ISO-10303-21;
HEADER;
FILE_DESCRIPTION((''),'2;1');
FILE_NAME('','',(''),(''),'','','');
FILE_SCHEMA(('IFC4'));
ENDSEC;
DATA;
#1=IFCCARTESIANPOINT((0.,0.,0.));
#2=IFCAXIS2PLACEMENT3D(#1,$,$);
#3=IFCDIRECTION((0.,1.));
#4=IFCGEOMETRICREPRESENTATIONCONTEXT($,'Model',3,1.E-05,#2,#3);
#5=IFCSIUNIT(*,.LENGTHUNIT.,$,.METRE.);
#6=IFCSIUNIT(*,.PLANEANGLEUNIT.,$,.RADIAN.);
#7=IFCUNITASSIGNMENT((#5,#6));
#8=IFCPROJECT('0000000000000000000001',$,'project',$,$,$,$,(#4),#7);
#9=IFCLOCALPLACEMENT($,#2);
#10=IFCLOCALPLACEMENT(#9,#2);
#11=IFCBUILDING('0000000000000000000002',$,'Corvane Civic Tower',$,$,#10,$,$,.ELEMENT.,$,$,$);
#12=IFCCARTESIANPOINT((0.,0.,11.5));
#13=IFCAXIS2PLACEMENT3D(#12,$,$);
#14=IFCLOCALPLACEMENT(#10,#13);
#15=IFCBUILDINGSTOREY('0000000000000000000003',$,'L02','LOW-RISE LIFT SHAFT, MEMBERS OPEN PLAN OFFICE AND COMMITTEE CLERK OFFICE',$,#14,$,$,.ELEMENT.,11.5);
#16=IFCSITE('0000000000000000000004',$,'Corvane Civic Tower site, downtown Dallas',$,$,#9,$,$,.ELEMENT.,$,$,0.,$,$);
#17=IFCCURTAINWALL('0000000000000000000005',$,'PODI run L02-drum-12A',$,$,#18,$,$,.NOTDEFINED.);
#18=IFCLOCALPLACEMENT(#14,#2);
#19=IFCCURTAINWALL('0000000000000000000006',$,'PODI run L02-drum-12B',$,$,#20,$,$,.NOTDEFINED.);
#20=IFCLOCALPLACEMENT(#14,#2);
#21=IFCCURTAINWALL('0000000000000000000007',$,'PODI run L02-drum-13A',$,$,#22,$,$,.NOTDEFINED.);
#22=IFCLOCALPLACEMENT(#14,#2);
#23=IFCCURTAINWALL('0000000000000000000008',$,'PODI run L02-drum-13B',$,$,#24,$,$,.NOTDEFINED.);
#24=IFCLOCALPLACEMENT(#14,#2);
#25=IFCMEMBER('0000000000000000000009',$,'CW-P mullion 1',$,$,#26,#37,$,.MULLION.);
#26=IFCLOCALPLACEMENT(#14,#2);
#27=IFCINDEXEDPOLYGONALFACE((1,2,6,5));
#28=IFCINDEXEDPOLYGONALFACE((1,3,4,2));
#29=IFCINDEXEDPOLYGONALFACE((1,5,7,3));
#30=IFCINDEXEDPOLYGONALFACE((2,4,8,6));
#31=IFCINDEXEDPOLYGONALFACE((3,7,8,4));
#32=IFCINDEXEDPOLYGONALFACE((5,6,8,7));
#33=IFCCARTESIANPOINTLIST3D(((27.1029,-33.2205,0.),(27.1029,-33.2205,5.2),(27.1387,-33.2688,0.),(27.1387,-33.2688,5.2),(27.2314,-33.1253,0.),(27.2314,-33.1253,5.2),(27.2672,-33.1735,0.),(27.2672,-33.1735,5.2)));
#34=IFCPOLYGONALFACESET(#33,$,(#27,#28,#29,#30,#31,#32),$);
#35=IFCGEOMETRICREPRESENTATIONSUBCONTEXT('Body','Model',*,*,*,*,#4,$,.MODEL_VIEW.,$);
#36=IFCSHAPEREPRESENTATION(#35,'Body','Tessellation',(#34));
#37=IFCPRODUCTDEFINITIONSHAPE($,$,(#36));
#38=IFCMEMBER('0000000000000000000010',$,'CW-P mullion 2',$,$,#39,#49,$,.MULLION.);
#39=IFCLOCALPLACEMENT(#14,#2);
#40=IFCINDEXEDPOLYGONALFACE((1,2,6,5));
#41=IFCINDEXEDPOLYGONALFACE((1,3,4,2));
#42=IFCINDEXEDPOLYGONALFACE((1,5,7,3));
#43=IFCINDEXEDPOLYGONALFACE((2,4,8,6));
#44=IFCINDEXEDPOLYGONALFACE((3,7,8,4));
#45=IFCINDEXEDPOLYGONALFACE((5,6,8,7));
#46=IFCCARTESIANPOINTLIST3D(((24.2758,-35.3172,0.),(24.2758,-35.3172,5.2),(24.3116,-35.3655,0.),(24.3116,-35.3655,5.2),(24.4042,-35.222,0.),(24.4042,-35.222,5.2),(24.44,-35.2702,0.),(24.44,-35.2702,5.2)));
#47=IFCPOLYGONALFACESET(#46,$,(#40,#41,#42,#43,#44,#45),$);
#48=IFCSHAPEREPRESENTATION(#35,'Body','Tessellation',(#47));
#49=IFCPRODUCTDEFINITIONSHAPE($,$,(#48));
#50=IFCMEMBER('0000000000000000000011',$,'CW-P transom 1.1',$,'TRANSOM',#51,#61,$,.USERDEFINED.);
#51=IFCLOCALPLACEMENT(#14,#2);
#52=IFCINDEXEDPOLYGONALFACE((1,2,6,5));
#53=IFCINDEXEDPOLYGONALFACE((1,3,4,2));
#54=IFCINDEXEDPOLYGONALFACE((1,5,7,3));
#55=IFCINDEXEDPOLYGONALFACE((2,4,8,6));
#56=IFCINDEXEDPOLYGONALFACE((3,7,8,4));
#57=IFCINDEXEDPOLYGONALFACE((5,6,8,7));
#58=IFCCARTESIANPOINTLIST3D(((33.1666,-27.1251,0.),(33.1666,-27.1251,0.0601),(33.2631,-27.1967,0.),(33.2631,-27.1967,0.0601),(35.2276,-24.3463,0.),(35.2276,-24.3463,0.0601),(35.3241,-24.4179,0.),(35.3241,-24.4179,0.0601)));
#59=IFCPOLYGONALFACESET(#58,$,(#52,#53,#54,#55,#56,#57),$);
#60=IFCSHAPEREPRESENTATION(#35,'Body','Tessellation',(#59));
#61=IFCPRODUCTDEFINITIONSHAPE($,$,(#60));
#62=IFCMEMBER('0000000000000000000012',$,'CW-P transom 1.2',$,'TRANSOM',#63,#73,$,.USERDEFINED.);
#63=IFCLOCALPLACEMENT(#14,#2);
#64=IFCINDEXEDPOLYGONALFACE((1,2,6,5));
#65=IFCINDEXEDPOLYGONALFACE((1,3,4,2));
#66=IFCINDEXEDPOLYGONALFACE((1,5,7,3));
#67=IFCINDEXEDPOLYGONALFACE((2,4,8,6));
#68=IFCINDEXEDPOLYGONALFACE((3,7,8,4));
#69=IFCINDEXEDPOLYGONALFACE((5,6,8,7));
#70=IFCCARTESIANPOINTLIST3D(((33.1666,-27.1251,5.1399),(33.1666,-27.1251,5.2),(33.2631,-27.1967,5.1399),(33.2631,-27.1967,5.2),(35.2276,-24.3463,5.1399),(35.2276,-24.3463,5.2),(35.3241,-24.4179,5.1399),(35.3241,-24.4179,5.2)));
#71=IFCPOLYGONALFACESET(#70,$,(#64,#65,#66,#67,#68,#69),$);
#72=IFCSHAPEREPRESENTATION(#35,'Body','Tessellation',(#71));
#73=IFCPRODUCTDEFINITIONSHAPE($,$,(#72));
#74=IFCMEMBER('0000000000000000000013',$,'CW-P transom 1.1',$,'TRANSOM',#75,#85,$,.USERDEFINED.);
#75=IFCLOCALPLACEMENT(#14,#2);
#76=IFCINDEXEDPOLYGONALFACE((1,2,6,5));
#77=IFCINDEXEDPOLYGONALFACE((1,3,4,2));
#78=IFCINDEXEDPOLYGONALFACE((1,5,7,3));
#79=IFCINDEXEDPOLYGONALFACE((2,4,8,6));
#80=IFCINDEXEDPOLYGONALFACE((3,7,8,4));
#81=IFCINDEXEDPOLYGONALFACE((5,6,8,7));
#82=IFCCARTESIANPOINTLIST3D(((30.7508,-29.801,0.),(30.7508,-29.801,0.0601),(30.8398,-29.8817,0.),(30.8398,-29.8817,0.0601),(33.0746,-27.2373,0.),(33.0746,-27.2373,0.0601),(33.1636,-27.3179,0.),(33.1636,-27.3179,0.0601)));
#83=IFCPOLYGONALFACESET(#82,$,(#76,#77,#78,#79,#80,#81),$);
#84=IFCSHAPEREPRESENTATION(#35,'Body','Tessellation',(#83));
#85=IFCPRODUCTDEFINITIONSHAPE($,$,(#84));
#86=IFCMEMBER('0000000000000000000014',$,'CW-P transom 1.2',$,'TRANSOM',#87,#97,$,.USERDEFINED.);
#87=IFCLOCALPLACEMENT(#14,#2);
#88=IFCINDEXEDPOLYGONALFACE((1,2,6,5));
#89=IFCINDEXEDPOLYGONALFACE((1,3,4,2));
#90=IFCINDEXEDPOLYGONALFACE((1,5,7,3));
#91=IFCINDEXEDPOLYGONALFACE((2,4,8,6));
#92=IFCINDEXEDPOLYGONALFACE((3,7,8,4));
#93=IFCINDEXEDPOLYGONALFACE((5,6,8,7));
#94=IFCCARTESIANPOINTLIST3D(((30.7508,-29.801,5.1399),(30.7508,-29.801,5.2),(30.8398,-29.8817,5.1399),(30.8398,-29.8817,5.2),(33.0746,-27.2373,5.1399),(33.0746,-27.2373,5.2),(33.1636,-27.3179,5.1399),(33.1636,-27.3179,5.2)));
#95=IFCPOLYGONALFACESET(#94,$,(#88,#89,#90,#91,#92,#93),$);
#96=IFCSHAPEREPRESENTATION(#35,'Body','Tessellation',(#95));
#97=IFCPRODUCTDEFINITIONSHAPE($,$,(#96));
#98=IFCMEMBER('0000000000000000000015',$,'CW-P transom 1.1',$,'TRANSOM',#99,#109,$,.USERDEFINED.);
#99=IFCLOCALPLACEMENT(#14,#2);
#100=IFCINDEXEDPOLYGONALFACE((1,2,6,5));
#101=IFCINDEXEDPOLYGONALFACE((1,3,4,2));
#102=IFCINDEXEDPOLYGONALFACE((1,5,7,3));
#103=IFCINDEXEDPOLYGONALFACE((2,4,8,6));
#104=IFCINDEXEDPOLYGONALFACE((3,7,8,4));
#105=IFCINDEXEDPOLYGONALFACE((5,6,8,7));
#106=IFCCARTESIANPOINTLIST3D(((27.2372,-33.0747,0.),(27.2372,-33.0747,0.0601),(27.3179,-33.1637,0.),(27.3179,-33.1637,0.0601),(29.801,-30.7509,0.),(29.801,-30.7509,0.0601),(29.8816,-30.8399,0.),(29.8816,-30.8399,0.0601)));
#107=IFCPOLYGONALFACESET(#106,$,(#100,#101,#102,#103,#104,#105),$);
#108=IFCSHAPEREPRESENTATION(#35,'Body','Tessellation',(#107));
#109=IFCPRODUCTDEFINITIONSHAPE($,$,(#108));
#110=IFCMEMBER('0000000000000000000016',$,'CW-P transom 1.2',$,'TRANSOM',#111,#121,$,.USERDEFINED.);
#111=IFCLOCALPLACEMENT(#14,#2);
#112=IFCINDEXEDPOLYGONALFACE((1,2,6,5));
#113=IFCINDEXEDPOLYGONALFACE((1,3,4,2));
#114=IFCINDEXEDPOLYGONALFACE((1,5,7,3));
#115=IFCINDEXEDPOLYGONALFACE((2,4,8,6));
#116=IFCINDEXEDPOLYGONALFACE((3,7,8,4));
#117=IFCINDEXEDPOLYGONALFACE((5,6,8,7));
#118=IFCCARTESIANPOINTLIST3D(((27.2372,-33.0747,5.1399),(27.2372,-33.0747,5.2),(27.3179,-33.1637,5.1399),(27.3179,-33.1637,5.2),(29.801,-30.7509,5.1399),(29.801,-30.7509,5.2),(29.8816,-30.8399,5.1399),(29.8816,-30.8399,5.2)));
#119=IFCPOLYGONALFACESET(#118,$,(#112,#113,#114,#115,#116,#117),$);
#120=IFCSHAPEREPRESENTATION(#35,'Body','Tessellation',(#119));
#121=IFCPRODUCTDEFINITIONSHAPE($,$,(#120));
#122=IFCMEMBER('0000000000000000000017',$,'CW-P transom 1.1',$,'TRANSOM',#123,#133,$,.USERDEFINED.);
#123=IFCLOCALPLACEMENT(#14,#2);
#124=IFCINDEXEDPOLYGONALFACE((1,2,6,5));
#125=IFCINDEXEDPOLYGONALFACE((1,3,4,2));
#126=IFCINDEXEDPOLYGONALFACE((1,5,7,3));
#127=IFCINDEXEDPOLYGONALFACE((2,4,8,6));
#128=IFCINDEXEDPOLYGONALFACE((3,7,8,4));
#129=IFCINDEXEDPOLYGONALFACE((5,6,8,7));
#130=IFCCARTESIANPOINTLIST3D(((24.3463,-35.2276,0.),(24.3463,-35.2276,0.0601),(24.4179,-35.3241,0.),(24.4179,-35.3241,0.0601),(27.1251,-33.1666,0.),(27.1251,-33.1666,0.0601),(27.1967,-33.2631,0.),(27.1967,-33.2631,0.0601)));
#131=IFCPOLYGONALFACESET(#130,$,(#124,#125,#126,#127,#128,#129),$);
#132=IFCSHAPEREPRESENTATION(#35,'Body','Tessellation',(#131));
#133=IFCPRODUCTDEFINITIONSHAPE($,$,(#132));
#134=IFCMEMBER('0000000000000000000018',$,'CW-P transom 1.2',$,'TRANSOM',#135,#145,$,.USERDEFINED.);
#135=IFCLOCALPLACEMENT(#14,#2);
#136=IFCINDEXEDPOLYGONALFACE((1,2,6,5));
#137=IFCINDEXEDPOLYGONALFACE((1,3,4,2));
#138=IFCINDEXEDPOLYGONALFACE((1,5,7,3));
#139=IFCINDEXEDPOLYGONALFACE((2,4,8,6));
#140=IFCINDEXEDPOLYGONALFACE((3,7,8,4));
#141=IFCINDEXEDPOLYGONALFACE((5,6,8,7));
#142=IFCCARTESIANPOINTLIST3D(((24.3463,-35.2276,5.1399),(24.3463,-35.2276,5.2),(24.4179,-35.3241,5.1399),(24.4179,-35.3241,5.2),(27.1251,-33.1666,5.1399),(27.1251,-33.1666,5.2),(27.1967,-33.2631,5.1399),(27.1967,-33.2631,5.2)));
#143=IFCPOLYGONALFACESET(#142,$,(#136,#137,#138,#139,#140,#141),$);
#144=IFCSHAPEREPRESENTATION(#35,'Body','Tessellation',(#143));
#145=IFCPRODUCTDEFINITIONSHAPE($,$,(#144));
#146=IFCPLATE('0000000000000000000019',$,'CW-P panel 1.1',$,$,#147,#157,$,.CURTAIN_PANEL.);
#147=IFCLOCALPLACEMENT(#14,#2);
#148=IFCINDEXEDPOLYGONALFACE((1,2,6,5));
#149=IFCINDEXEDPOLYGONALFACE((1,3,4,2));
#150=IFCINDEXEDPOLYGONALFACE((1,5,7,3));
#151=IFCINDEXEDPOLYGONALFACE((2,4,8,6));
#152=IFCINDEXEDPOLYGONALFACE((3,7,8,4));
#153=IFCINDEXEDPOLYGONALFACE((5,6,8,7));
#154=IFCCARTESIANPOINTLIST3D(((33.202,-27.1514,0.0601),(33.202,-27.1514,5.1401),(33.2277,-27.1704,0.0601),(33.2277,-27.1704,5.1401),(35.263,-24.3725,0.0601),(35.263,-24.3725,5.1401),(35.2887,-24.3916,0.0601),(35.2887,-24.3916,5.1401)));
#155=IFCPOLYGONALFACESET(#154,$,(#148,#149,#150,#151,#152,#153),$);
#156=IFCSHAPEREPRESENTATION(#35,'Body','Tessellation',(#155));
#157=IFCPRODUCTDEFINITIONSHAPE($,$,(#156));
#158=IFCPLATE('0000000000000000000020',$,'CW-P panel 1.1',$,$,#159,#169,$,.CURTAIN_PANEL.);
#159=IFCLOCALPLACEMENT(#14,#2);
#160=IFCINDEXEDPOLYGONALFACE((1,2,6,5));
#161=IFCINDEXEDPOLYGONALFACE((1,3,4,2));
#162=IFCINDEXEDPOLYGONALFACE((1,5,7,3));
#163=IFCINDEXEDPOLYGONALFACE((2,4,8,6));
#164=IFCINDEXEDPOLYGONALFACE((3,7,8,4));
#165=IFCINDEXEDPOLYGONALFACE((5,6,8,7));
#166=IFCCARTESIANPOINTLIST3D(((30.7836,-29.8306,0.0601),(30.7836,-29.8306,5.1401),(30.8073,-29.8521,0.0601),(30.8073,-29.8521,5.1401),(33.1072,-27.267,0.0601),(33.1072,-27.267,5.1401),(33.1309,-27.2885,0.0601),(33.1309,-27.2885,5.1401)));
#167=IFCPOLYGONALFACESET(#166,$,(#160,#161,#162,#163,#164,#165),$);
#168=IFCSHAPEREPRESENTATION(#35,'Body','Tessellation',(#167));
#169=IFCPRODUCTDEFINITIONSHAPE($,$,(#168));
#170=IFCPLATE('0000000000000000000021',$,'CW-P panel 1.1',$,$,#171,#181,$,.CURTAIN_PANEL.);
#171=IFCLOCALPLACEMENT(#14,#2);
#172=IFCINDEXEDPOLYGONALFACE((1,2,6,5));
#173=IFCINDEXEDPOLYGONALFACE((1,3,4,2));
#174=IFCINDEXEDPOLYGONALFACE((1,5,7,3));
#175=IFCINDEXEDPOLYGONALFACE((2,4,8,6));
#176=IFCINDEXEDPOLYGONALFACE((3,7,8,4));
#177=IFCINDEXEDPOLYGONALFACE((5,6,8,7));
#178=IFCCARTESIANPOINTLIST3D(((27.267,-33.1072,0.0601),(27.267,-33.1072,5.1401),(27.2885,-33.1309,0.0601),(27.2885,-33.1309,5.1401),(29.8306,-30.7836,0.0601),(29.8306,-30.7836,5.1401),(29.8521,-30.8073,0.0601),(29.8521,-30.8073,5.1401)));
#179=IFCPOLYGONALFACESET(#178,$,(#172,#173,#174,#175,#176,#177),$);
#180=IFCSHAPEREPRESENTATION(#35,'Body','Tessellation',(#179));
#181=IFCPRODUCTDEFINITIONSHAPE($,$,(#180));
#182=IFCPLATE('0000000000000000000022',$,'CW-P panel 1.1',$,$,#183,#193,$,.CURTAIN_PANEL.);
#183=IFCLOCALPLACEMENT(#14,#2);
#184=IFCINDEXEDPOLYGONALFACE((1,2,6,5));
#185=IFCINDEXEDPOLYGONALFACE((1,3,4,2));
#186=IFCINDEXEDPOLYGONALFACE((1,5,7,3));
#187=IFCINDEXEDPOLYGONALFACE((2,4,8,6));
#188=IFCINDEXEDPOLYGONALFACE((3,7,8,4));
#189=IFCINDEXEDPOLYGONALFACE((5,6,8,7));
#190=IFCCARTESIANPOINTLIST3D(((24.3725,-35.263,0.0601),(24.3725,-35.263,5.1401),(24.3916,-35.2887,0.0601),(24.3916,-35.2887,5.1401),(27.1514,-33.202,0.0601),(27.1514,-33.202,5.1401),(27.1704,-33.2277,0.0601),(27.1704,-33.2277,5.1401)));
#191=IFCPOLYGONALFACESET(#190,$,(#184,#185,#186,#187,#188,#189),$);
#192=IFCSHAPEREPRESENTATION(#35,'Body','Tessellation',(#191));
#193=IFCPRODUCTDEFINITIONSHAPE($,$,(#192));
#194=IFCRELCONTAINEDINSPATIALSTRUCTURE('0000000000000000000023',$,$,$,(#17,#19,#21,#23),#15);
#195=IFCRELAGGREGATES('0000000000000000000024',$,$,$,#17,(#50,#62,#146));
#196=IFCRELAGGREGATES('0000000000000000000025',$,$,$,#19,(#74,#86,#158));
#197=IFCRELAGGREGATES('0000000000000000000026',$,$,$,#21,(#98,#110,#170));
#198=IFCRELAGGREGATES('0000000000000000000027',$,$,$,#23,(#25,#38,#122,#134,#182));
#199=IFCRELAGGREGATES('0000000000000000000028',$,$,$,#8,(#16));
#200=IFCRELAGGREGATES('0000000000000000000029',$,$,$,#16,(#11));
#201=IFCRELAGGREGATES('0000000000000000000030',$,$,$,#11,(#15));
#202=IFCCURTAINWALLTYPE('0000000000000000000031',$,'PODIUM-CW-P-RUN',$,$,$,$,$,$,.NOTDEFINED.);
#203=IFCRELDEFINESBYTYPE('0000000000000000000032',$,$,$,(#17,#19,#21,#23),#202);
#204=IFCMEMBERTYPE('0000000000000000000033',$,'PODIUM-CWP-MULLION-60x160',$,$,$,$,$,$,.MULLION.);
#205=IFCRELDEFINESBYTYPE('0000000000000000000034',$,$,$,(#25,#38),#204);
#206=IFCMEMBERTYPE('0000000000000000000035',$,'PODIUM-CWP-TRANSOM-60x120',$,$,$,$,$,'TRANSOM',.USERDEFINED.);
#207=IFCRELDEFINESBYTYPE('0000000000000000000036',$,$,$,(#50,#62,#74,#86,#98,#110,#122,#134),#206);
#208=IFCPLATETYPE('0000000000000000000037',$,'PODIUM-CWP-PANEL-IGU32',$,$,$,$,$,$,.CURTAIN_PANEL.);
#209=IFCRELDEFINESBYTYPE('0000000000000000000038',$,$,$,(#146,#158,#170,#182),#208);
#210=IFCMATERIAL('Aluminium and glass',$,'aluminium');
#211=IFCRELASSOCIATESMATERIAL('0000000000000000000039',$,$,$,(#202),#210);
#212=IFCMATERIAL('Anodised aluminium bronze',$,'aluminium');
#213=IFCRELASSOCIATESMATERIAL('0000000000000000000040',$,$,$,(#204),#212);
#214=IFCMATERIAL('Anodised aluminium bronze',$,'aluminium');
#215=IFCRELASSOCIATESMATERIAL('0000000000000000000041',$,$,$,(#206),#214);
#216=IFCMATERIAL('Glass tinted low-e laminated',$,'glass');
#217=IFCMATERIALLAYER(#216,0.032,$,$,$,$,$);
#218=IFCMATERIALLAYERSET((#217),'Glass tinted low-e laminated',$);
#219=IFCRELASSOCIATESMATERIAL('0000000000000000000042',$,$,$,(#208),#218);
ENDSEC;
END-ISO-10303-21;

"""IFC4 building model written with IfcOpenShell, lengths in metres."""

from ifc_helpers import new_model, si_unit, direction, frame, origin, origin_2d, place, context, subcontext, project, spatial, rectangle, extrude, material, layer, layer_set, material_profile, profile_set, type_object, element, aggregate, save


model = new_model("IFC4")

# Units and contexts
model_context = context("Model", 3, precision=1e-05, world=origin(), true_north=direction((0.0, 1.0)))
body_context = subcontext(model_context, "Body", "Model", "MODEL_VIEW")
ifc_project = project(units=[si_unit("LENGTHUNIT", "METRE"), si_unit("PLANEANGLEUNIT", "RADIAN")], contexts=[model_context])

# Site, building, storey
site_placement = place(None, origin())
site = spatial("IfcSite", under=ifc_project, at=site_placement, Name="Corvane Civic Tower site, downtown Dallas", CompositionType="ELEMENT", RefElevation=0.0)
building_placement = place(site_placement, origin())
building = spatial("IfcBuilding", under=site, at=building_placement, Name="Corvane Civic Tower", CompositionType="ELEMENT")
storey_placement = place(building_placement, frame((0.0, 0.0, 11.5)))
storey = spatial("IfcBuildingStorey", under=building, at=storey_placement, Name="L02", Description="LOW-RISE LIFT SHAFT, MEMBERS OPEN PLAN OFFICE AND COMMITTEE CLERK OFFICE", CompositionType="ELEMENT", Elevation=11.5)

# Shared definitions
ifc_material_1 = material(Name="Aluminium and glass", Category="aluminium")
curtain_wall_type = type_object("IfcCurtainWallType", Name="PODIUM-CW-P-RUN", PredefinedType="NOTDEFINED", material=ifc_material_1)
ifc_material_2 = material(Name="Anodised aluminium bronze", Category="aluminium")
ifc_material_profile_1 = material_profile(ifc_material_2, rectangle(XDim=0.0601, YDim=0.1599, at=origin_2d()), Name="AL 60x160")
ifc_profile_set_1 = profile_set([ifc_material_profile_1], Name="Anodised aluminium bronze")
member_type_1 = type_object("IfcMemberType", Name="PODIUM-CWP-MULLION-60x160", PredefinedType="MULLION", material=ifc_profile_set_1)

# Curtain walls, members
curtain_wall_1_placement = place(storey_placement, origin())
curtain_wall_1 = element("IfcCurtainWall", 1, at=curtain_wall_1_placement, inside=storey, type_object=curtain_wall_type, Name="PODI run L02-drum-12A", PredefinedType="NOTDEFINED")
curtain_wall_2_placement = place(storey_placement, origin())
curtain_wall_2 = element("IfcCurtainWall", 2, at=curtain_wall_2_placement, inside=storey, type_object=curtain_wall_type, Name="PODI run L02-drum-12B", PredefinedType="NOTDEFINED")
curtain_wall_3_placement = place(storey_placement, origin())
curtain_wall_3 = element("IfcCurtainWall", 3, at=curtain_wall_3_placement, inside=storey, type_object=curtain_wall_type, Name="PODI run L02-drum-13A", PredefinedType="NOTDEFINED")
curtain_wall_4_placement = place(storey_placement, origin())
curtain_wall_4 = element("IfcCurtainWall", 4, at=curtain_wall_4_placement, inside=storey, type_object=curtain_wall_type, Name="PODI run L02-drum-13B", PredefinedType="NOTDEFINED")
member_1_placement = place(storey_placement, frame((27.1851, -33.197, 0.0), z_axis=(0.0, 0.0, 1.0), x_axis=(0.595705, -0.803203, 0.0)))
member_1 = element("IfcMember", 5, at=member_1_placement, type_object=member_type_1, Name="CW-P mullion 1", PredefinedType="MULLION", context=body_context, shape_type="SweptSolid", body=[
    extrude(rectangle(XDim=0.0601, YDim=0.1599, at=origin_2d()), origin(), (0.0, 0.0, 1.0), 5.2),
])
member_2_placement = place(storey_placement, frame((24.3579, -35.2937, 0.0), z_axis=(0.0, 0.0, 1.0), x_axis=(0.595705, -0.803203, 0.0)))
member_2 = element("IfcMember", 6, at=member_2_placement, type_object=member_type_1, Name="CW-P mullion 2", PredefinedType="MULLION", context=body_context, shape_type="SweptSolid", body=[
    extrude(rectangle(XDim=0.0601, YDim=0.1599, at=origin_2d()), origin(), (0.0, 0.0, 1.0), 5.2),
])

# Members
ifc_material_3 = material(Name="Anodised aluminium bronze", Category="aluminium")
ifc_material_profile_2 = material_profile(ifc_material_3, rectangle(XDim=0.1201, YDim=0.0601, at=origin_2d()), Name="AL 120x60")
ifc_profile_set_2 = profile_set([ifc_material_profile_2], Name="Anodised aluminium bronze")
member_type_2 = type_object("IfcMemberType", Name="PODIUM-CWP-TRANSOM-60x120", ElementType="TRANSOM", PredefinedType="USERDEFINED", material=ifc_profile_set_2)
member_3_placement = place(storey_placement, frame((35.2759, -24.3821, 0.03), z_axis=(-0.595724, -0.80319, 0.0), x_axis=(0.80319, -0.595724, 0.0)))
member_3 = element("IfcMember", 7, at=member_3_placement, type_object=member_type_2, Name="CW-P transom 1.1", ObjectType="TRANSOM", PredefinedType="USERDEFINED", context=body_context, shape_type="SweptSolid", body=[
    extrude(rectangle(XDim=0.1201, YDim=0.0601, at=origin_2d()), origin(), (0.0, 0.0, 1.0), 3.4597),
])
member_4_placement = place(storey_placement, frame((35.2759, -24.3821, 5.1699), z_axis=(-0.595724, -0.80319, 0.0), x_axis=(0.80319, -0.595724, 0.0)))
member_4 = element("IfcMember", 8, at=member_4_placement, type_object=member_type_2, Name="CW-P transom 1.2", ObjectType="TRANSOM", PredefinedType="USERDEFINED", context=body_context, shape_type="SweptSolid", body=[
    extrude(rectangle(XDim=0.1201, YDim=0.0601, at=origin_2d()), origin(), (0.0, 0.0, 1.0), 3.4597),
])
member_5_placement = place(storey_placement, frame((33.1191, -27.2776, 0.03), z_axis=(-0.671576, -0.740935, 0.0), x_axis=(0.740935, -0.671576, 0.0)))
member_5 = element("IfcMember", 9, at=member_5_placement, type_object=member_type_2, Name="CW-P transom 1.1", ObjectType="TRANSOM", PredefinedType="USERDEFINED", context=body_context, shape_type="SweptSolid", body=[
    extrude(rectangle(XDim=0.1201, YDim=0.0601, at=origin_2d()), origin(), (0.0, 0.0, 1.0), 3.4602),
])
member_6_placement = place(storey_placement, frame((33.1191, -27.2776, 5.1699), z_axis=(-0.671576, -0.740935, 0.0), x_axis=(0.740935, -0.671576, 0.0)))
member_6 = element("IfcMember", 10, at=member_6_placement, type_object=member_type_2, Name="CW-P transom 1.2", ObjectType="TRANSOM", PredefinedType="USERDEFINED", context=body_context, shape_type="SweptSolid", body=[
    extrude(rectangle(XDim=0.1201, YDim=0.0601, at=origin_2d()), origin(), (0.0, 0.0, 1.0), 3.4602),
])
member_7_placement = place(storey_placement, frame((29.8413, -30.7954, 0.03), z_axis=(-0.740935, -0.671576, 0.0), x_axis=(0.671576, -0.740935, 0.0)))
member_7 = element("IfcMember", 11, at=member_7_placement, type_object=member_type_2, Name="CW-P transom 1.1", ObjectType="TRANSOM", PredefinedType="USERDEFINED", context=body_context, shape_type="SweptSolid", body=[
    extrude(rectangle(XDim=0.1201, YDim=0.0601, at=origin_2d()), origin(), (0.0, 0.0, 1.0), 3.4602),
])
member_8_placement = place(storey_placement, frame((29.8413, -30.7954, 5.1699), z_axis=(-0.740935, -0.671576, 0.0), x_axis=(0.671576, -0.740935, 0.0)))
member_8 = element("IfcMember", 12, at=member_8_placement, type_object=member_type_2, Name="CW-P transom 1.2", ObjectType="TRANSOM", PredefinedType="USERDEFINED", context=body_context, shape_type="SweptSolid", body=[
    extrude(rectangle(XDim=0.1201, YDim=0.0601, at=origin_2d()), origin(), (0.0, 0.0, 1.0), 3.4602),
])
member_9_placement = place(storey_placement, frame((27.1609, -33.2148, 0.03), z_axis=(-0.80319, -0.595724, 0.0), x_axis=(0.595724, -0.80319, 0.0)))
member_9 = element("IfcMember", 13, at=member_9_placement, type_object=member_type_2, Name="CW-P transom 1.1", ObjectType="TRANSOM", PredefinedType="USERDEFINED", context=body_context, shape_type="SweptSolid", body=[
    extrude(rectangle(XDim=0.1201, YDim=0.0601, at=origin_2d()), origin(), (0.0, 0.0, 1.0), 3.4597),
])
member_10_placement = place(storey_placement, frame((27.1609, -33.2148, 5.1699), z_axis=(-0.80319, -0.595724, 0.0), x_axis=(0.595724, -0.80319, 0.0)))
member_10 = element("IfcMember", 14, at=member_10_placement, type_object=member_type_2, Name="CW-P transom 1.2", ObjectType="TRANSOM", PredefinedType="USERDEFINED", context=body_context, shape_type="SweptSolid", body=[
    extrude(rectangle(XDim=0.1201, YDim=0.0601, at=origin_2d()), origin(), (0.0, 0.0, 1.0), 3.4597),
])

# Plates
ifc_material_4 = material(Name="Glass tinted low-e laminated", Category="glass")
ifc_layer_1 = layer(ifc_material_4, 0.032)
ifc_layer_set_1 = layer_set([ifc_layer_1], Name="Glass tinted low-e laminated")
plate_type = type_object("IfcPlateType", Name="PODIUM-CWP-PANEL-IGU32", PredefinedType="CURTAIN_PANEL", material=ifc_layer_set_1)
plate_1_placement = place(storey_placement, frame((34.2454, -25.7715, 0.0601), z_axis=(0.0, 0.0, 1.0), x_axis=(-0.595705, -0.803203, 0.0)))
plate_1 = element("IfcPlate", 15, at=plate_1_placement, type_object=plate_type, Name="CW-P panel 1.1", PredefinedType="CURTAIN_PANEL", context=body_context, shape_type="SweptSolid", body=[
    extrude(rectangle(XDim=3.4597, YDim=0.032, at=origin_2d()), origin(), (0.0, 0.0, 1.0), 5.0801),
])
aggregate(curtain_wall_1, [member_3, member_4, plate_1])
plate_2_placement = place(storey_placement, frame((31.9573, -28.5596, 0.0601), z_axis=(0.0, 0.0, 1.0), x_axis=(-0.671576, -0.740935, 0.0)))
plate_2 = element("IfcPlate", 16, at=plate_2_placement, type_object=plate_type, Name="CW-P panel 1.1", PredefinedType="CURTAIN_PANEL", context=body_context, shape_type="SweptSolid", body=[
    extrude(rectangle(XDim=3.46, YDim=0.032, at=origin_2d()), origin(), (0.0, 0.0, 1.0), 5.0801),
])
aggregate(curtain_wall_2, [member_5, member_6, plate_2])
plate_3_placement = place(storey_placement, frame((28.5596, -31.9573, 0.0601), z_axis=(0.0, 0.0, 1.0), x_axis=(-0.740935, -0.671576, 0.0)))
plate_3 = element("IfcPlate", 17, at=plate_3_placement, type_object=plate_type, Name="CW-P panel 1.1", PredefinedType="CURTAIN_PANEL", context=body_context, shape_type="SweptSolid", body=[
    extrude(rectangle(XDim=3.46, YDim=0.032, at=origin_2d()), origin(), (0.0, 0.0, 1.0), 5.0801),
])
aggregate(curtain_wall_3, [member_7, member_8, plate_3])
plate_4_placement = place(storey_placement, frame((25.7715, -34.2454, 0.0601), z_axis=(0.0, 0.0, 1.0), x_axis=(-0.803203, -0.595705, 0.0)))
plate_4 = element("IfcPlate", 18, at=plate_4_placement, type_object=plate_type, Name="CW-P panel 1.1", PredefinedType="CURTAIN_PANEL", context=body_context, shape_type="SweptSolid", body=[
    extrude(rectangle(XDim=3.4597, YDim=0.032, at=origin_2d()), origin(), (0.0, 0.0, 1.0), 5.0801),
])
aggregate(curtain_wall_4, [member_1, member_2, member_9, member_10, plate_4])

save(model, "model.ifc")
